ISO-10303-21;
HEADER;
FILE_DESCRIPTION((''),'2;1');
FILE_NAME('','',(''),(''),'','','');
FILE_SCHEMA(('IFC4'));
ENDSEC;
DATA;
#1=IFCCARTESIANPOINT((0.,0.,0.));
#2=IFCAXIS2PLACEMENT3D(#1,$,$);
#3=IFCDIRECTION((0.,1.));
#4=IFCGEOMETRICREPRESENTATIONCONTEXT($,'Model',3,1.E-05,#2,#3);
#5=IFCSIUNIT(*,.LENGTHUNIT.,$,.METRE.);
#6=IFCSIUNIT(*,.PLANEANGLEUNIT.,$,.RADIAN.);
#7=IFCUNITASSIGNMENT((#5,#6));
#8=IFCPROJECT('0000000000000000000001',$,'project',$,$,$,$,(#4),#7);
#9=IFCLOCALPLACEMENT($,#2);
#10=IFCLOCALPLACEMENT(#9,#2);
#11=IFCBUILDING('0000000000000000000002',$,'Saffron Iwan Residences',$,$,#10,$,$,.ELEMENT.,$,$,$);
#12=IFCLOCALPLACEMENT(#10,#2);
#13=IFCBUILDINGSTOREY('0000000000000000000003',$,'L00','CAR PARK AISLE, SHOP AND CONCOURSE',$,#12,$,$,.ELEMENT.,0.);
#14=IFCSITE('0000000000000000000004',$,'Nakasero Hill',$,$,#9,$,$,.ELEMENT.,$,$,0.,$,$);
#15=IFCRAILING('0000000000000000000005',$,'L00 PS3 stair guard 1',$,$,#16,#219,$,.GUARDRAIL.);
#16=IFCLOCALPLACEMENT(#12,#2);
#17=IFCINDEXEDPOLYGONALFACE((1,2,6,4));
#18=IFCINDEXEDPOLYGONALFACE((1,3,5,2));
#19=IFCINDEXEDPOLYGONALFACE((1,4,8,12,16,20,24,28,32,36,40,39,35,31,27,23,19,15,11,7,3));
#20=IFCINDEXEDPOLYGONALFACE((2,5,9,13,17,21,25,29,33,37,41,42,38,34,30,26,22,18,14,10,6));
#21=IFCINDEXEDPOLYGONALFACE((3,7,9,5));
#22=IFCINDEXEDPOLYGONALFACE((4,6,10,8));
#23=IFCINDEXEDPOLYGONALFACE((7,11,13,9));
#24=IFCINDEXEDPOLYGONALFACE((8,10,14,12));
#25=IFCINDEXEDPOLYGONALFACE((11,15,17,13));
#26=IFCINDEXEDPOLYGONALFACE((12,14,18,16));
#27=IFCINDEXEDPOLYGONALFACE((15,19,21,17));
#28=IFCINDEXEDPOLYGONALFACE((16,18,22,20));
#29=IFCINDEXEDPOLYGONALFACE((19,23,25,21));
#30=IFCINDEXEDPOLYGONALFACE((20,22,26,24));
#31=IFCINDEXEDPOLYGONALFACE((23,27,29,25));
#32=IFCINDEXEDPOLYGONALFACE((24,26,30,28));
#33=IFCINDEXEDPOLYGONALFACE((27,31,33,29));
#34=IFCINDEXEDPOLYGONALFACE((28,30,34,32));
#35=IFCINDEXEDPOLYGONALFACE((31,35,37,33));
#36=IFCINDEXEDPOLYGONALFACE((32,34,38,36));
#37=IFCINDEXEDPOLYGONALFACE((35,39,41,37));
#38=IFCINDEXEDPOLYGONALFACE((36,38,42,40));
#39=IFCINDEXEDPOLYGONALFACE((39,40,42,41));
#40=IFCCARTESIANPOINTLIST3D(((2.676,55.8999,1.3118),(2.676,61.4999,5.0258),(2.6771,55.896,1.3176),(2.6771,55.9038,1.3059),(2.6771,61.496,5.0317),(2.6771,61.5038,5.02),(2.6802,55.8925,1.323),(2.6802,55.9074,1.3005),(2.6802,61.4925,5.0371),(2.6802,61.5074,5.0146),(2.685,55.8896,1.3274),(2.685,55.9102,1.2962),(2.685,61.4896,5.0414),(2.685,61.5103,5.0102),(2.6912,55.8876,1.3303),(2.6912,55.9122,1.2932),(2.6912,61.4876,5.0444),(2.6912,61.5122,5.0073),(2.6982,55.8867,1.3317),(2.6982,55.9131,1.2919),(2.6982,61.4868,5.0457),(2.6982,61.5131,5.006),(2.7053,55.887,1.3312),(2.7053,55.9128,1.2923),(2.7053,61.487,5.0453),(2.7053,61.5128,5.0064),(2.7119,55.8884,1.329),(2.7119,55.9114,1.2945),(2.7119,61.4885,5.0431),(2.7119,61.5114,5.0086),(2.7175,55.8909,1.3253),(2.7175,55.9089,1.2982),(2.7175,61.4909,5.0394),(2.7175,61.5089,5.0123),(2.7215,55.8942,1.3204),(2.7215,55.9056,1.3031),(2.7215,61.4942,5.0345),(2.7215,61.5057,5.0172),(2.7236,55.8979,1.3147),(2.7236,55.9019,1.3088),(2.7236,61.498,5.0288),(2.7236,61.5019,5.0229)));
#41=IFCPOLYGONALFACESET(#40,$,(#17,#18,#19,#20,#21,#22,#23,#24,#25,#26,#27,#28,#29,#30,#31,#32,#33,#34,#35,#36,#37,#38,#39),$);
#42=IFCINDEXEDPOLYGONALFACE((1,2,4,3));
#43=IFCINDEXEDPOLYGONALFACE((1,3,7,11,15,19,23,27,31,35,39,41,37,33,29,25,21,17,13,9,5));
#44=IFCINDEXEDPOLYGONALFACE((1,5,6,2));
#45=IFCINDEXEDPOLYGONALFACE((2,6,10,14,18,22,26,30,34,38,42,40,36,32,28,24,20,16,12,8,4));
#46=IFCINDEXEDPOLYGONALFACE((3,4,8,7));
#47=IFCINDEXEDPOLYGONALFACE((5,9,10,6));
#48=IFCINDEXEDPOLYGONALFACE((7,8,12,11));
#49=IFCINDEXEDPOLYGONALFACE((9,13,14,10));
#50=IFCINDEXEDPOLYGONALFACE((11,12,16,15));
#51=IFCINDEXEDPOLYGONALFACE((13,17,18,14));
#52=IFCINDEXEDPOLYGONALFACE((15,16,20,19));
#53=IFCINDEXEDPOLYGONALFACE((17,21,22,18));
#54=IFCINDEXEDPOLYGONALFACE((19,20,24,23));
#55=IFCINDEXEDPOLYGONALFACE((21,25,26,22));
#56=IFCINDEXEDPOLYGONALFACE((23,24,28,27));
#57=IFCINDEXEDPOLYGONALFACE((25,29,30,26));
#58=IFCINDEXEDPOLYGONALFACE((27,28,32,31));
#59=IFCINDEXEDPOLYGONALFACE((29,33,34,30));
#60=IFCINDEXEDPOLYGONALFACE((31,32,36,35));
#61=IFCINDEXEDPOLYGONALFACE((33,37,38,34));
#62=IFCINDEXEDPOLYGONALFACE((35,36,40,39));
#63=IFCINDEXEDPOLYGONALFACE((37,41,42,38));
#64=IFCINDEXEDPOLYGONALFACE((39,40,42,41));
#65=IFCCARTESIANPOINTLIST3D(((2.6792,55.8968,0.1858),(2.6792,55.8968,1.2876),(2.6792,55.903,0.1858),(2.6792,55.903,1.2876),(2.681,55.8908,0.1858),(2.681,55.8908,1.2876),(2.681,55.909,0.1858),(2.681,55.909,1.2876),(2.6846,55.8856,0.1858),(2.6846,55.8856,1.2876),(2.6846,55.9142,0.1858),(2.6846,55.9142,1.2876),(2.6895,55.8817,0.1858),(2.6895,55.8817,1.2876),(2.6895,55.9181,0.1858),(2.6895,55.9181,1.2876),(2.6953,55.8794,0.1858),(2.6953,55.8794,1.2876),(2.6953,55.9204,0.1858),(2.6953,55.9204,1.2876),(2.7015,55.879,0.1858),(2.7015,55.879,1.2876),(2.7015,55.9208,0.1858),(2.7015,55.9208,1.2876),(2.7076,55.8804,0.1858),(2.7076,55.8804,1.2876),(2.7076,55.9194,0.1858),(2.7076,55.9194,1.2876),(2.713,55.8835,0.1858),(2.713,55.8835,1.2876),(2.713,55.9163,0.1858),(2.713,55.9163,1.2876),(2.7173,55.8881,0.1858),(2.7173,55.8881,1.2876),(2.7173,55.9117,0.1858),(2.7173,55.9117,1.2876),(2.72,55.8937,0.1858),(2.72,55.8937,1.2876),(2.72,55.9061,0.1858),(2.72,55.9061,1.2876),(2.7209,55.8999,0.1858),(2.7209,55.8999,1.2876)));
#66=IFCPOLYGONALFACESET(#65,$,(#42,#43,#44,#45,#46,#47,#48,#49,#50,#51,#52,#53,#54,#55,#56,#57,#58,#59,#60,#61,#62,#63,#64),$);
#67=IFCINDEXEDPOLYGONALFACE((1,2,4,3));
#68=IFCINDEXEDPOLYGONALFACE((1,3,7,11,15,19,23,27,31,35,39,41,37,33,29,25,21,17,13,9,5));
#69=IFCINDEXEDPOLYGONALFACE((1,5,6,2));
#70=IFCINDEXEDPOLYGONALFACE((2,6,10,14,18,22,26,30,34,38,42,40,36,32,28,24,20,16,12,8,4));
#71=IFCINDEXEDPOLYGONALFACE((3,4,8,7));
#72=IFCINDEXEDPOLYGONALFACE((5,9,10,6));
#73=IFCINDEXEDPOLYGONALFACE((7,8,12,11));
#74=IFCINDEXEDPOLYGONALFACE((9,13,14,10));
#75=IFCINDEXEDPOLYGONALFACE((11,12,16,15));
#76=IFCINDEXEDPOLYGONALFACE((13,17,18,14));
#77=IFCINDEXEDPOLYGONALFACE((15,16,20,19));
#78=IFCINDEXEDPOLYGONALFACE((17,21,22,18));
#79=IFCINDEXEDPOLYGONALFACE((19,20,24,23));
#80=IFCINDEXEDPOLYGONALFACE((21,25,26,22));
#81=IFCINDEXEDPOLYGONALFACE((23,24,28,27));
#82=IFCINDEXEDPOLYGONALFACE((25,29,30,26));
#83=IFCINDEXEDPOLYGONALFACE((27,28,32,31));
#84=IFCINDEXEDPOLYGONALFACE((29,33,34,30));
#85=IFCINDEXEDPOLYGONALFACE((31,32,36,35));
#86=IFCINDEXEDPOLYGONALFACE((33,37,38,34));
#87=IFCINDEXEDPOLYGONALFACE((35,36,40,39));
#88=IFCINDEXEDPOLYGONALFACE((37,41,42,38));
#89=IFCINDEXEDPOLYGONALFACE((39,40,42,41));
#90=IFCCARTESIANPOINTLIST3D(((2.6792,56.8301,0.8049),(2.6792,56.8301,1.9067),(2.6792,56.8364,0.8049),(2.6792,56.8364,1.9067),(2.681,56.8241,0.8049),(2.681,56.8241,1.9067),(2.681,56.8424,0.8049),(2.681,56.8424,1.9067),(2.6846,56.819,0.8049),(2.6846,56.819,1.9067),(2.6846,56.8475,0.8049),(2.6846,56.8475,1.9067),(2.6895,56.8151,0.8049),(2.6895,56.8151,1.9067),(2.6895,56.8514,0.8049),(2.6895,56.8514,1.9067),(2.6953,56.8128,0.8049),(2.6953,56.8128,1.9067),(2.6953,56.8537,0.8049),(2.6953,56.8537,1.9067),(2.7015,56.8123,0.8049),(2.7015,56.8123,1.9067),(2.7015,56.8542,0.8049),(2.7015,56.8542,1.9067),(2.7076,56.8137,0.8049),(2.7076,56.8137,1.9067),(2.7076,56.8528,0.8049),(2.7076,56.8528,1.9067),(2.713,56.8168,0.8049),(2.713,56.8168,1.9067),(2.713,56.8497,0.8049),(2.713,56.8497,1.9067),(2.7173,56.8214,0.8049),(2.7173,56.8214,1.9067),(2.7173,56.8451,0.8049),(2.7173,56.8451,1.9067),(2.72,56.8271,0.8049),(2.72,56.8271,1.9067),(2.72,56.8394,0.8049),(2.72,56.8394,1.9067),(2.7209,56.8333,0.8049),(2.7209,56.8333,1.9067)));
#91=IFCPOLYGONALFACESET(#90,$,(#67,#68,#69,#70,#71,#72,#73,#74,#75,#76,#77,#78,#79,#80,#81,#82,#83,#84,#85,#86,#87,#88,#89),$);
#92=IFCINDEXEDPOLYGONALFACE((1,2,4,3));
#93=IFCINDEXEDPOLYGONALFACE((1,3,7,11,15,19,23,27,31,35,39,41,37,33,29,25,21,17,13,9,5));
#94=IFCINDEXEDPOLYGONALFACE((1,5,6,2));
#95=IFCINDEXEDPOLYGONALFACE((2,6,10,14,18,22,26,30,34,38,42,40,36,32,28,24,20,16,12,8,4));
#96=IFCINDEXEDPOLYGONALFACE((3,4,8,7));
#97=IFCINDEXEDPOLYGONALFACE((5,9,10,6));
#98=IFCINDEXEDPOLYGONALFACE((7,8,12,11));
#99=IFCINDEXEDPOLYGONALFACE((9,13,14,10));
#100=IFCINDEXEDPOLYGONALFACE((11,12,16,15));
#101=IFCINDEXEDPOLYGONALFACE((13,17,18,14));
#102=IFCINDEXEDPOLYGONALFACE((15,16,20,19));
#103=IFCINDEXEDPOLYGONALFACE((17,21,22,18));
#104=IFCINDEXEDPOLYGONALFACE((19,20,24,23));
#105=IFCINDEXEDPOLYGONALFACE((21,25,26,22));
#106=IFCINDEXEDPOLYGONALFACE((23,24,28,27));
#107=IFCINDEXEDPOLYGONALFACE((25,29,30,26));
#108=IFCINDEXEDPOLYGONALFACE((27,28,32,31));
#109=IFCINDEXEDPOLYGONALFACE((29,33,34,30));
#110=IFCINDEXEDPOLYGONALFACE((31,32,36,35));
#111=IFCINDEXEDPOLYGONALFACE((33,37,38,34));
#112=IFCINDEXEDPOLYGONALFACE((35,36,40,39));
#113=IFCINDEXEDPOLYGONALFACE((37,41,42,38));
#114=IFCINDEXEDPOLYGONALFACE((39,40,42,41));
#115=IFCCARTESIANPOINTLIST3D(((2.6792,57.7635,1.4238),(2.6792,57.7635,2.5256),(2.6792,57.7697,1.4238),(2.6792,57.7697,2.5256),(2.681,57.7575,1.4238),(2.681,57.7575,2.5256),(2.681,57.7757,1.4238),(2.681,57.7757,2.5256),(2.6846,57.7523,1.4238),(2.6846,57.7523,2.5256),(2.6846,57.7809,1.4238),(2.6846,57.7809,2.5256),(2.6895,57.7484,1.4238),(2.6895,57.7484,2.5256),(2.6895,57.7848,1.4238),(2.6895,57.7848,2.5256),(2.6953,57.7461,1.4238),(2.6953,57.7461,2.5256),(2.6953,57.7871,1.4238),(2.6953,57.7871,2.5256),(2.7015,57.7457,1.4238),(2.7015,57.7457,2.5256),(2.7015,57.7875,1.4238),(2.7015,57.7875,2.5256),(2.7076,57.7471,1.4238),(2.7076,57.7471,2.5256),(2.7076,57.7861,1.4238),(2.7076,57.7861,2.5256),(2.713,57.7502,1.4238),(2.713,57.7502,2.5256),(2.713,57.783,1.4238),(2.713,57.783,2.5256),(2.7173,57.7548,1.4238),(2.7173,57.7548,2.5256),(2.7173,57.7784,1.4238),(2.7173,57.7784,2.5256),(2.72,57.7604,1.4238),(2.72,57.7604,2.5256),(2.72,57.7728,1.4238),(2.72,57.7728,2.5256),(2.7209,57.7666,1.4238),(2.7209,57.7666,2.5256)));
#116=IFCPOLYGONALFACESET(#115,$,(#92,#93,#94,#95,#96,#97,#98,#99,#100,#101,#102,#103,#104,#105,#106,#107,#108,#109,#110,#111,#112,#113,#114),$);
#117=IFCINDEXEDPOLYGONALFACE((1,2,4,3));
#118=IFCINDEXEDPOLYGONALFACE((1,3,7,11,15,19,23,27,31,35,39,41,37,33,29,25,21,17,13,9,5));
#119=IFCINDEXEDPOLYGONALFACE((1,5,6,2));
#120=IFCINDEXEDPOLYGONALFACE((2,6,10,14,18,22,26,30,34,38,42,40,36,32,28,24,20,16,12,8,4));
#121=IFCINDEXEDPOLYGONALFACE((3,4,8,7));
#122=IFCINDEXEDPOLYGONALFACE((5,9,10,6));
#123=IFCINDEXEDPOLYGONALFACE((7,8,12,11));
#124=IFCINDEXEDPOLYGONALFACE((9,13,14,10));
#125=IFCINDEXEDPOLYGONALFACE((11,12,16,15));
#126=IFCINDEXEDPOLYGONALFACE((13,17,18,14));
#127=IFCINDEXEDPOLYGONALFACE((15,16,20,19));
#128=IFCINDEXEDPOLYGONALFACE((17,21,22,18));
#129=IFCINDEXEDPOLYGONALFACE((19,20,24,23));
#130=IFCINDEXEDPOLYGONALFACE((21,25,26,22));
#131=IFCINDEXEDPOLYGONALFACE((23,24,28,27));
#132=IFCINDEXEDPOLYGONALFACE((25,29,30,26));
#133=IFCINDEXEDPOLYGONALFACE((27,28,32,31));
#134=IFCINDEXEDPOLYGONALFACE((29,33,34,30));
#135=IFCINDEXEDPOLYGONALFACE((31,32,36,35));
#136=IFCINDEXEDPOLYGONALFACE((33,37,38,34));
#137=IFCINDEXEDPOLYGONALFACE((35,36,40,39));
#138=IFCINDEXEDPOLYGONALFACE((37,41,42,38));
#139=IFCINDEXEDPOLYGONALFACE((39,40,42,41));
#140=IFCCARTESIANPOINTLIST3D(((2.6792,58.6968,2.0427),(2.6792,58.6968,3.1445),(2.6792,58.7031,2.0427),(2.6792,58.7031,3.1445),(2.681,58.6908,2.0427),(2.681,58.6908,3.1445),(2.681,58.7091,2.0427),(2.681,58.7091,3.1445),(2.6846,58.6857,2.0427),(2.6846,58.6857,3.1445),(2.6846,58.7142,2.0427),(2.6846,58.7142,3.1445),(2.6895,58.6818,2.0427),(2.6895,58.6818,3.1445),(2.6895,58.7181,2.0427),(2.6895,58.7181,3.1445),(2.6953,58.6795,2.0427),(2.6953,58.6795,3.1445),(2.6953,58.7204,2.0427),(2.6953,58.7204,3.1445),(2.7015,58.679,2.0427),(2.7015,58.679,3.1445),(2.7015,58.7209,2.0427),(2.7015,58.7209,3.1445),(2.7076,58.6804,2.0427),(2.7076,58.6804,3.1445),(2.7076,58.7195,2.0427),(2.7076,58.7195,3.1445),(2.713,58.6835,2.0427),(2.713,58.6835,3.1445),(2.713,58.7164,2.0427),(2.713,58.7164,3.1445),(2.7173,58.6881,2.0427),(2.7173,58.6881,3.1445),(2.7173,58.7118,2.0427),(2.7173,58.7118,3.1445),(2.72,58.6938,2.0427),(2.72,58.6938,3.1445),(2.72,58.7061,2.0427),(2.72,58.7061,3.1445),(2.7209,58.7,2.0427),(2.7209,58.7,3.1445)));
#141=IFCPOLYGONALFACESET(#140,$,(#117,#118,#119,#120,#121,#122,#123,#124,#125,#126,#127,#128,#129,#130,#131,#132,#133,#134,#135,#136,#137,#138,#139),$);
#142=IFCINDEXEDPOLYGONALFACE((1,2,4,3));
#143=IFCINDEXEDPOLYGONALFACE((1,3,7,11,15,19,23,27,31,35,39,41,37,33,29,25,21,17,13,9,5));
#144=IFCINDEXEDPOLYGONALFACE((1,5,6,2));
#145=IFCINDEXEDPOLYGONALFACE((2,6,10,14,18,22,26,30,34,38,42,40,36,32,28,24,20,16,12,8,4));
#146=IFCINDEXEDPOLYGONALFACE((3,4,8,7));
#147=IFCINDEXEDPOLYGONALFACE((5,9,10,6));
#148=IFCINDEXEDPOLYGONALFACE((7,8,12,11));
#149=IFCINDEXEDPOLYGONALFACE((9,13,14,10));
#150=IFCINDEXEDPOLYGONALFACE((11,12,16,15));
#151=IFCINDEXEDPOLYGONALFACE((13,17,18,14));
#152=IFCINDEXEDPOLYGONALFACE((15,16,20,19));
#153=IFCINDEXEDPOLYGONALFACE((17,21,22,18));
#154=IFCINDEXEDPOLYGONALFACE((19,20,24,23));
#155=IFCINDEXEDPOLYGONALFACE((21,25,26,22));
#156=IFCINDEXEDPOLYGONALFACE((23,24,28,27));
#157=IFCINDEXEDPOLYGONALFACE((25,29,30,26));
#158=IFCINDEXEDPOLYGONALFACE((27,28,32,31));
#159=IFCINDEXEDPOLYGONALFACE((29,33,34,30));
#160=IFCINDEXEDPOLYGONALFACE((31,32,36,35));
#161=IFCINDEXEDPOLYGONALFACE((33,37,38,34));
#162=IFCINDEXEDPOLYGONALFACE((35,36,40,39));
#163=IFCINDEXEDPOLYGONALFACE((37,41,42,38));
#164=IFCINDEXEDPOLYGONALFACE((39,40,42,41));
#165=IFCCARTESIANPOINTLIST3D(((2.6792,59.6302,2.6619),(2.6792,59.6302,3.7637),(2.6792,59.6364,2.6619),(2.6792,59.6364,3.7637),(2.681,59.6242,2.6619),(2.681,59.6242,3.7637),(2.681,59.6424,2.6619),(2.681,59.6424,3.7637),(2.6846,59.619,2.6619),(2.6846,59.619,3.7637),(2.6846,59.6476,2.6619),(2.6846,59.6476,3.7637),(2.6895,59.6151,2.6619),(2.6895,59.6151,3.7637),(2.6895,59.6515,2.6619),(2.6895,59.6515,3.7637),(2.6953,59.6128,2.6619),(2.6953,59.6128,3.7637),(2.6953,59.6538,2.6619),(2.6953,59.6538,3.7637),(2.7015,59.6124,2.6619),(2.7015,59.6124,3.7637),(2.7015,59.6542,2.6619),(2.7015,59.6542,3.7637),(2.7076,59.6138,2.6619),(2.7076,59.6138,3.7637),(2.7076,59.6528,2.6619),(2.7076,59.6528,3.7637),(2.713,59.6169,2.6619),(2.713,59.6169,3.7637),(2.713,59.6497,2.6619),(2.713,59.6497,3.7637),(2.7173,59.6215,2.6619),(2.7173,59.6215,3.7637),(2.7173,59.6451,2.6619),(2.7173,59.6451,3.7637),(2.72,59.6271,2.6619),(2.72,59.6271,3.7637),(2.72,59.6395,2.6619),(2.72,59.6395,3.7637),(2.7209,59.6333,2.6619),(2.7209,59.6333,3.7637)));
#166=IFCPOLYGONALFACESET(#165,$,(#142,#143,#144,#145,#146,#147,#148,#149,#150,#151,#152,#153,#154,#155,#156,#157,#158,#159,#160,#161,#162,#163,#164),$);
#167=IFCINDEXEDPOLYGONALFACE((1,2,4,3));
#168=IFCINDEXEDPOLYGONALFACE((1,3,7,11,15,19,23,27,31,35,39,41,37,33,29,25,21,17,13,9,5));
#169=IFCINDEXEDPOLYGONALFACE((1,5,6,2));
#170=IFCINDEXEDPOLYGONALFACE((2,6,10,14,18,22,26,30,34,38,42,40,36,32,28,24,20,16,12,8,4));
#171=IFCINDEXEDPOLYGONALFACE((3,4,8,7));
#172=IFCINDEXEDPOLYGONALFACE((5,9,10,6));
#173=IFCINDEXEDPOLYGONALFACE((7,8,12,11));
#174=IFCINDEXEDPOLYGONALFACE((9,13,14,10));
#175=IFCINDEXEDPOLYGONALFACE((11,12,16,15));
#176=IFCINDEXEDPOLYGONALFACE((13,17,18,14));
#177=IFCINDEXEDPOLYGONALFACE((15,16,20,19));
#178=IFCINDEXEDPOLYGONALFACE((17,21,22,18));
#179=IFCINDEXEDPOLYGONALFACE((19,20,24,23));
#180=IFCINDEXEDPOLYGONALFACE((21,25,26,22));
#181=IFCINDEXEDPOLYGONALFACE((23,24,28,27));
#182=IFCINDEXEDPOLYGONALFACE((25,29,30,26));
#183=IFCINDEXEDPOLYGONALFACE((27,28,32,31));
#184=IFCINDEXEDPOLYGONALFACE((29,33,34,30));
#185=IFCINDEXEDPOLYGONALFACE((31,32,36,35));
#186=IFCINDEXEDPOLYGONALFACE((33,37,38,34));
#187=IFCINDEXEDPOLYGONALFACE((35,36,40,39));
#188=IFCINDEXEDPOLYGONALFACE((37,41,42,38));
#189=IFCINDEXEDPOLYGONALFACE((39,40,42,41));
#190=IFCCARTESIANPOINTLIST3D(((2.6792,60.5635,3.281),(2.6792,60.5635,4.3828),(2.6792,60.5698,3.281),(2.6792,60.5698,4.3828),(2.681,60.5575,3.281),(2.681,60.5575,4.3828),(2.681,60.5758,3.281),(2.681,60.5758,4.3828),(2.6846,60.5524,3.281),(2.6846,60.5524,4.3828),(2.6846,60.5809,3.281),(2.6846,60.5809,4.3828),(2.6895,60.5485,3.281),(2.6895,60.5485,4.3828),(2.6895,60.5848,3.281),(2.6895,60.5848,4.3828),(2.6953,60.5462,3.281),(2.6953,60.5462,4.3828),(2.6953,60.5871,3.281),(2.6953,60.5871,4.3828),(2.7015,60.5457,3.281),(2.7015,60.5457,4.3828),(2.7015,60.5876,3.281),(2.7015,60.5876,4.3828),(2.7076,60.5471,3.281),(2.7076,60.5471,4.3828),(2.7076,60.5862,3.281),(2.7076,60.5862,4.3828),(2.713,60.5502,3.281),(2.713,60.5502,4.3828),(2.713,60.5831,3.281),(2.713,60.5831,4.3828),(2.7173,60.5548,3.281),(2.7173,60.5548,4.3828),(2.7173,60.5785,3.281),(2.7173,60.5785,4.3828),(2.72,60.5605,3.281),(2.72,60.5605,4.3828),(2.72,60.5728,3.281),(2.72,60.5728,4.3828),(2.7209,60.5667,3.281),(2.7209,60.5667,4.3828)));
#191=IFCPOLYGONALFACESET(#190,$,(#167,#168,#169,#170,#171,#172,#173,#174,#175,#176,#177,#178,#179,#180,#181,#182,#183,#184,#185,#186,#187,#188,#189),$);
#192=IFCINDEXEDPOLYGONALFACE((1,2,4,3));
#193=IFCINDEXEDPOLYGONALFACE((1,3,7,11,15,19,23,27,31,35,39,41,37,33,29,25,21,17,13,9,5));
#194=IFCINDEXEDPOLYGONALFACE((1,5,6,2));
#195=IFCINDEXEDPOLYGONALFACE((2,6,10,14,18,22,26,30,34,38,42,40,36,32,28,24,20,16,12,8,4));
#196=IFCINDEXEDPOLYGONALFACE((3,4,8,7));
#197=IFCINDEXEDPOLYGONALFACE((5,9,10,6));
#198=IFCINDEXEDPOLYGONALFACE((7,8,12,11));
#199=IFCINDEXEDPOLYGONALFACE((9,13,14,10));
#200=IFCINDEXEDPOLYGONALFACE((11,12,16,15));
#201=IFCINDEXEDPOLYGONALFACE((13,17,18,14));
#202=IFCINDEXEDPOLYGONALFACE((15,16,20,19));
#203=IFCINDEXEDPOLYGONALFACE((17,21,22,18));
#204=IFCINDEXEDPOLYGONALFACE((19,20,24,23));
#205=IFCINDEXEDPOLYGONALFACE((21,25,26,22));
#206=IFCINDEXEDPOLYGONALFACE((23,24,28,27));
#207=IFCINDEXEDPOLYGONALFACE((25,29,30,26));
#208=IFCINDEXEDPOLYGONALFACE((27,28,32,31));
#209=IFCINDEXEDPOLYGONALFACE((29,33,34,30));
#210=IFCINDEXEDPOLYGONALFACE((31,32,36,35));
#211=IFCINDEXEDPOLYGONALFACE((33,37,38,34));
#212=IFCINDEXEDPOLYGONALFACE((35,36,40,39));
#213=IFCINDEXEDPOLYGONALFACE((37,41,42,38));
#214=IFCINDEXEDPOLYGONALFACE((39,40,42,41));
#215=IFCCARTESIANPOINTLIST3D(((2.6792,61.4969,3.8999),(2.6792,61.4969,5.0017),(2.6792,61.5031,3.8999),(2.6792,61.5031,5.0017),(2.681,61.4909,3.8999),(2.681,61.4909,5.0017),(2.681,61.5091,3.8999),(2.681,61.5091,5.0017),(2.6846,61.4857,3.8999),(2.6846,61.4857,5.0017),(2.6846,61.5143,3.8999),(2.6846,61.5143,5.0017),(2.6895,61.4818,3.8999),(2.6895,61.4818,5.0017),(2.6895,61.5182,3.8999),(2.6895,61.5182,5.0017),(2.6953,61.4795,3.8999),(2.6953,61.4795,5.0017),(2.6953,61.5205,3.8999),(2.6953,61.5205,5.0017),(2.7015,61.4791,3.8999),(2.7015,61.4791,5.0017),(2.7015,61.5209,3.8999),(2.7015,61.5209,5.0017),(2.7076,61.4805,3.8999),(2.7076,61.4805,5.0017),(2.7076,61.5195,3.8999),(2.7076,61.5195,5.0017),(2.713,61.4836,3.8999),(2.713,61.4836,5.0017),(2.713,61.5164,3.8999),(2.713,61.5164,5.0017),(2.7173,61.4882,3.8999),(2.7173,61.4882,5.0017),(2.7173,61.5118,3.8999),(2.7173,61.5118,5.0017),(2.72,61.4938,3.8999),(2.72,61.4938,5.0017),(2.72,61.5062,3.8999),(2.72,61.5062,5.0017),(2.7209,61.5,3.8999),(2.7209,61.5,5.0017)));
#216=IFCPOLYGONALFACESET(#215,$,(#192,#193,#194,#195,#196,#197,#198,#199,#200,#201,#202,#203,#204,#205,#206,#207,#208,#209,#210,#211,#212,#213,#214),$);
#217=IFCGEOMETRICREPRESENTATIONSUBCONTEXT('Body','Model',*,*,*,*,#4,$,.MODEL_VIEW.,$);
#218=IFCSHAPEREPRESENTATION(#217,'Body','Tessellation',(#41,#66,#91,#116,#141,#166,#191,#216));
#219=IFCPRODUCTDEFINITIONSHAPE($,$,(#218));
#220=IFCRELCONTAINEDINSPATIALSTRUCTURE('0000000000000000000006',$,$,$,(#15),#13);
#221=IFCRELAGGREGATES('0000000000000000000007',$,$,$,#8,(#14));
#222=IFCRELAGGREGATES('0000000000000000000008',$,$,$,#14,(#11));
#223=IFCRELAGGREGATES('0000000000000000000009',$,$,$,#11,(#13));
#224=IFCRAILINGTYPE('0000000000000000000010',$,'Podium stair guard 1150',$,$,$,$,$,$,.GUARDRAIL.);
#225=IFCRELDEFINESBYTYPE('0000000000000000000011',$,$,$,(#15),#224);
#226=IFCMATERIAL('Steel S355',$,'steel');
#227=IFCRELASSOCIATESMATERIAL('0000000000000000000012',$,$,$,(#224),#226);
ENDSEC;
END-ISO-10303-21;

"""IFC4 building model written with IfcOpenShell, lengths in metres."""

from ifc_helpers import new_model, si_unit, direction, frame, origin, origin_2d, place, context, subcontext, project, spatial, circle, extrude, material, type_object, element, save


model = new_model("IFC4")

# Units and contexts
model_context = context("Model", 3, precision=1e-05, world=origin(), true_north=direction((0.0, 1.0)))
body_context = subcontext(model_context, "Body", "Model", "MODEL_VIEW")
ifc_project = project(units=[si_unit("LENGTHUNIT", "METRE"), si_unit("PLANEANGLEUNIT", "RADIAN")], contexts=[model_context])

# Site, building, storey
site_placement = place(None, origin())
site = spatial("IfcSite", under=ifc_project, at=site_placement, Name="Nakasero Hill", CompositionType="ELEMENT", RefElevation=0.0)
building_placement = place(site_placement, origin())
building = spatial("IfcBuilding", under=site, at=building_placement, Name="Saffron Iwan Residences", CompositionType="ELEMENT")
storey_placement = place(building_placement, origin())
storey = spatial("IfcBuildingStorey", under=building, at=storey_placement, Name="L00", Description="CAR PARK AISLE, SHOP AND CONCOURSE", CompositionType="ELEMENT", Elevation=0.0)

# Railing
ifc_material_1 = material(Name="Steel S355", Category="steel")
railing_type_1 = type_object("IfcRailingType", Name="Podium stair guard 1150", PredefinedType="GUARDRAIL", material=ifc_material_1)
railing_1_placement = place(storey_placement, frame((2.7, 55.8999, 0.1858)))
element("IfcRailing", 1, at=railing_1_placement, inside=storey, type_object=railing_type_1, Name="L00 PS3 stair guard 1", PredefinedType="GUARDRAIL", context=body_context, shape_type="SweptSolid", body=[
    extrude(circle(Radius=0.0239, at=origin_2d()), frame((0.0, 0.0, 1.126), z_axis=(0.0, 0.833373, 0.552712), x_axis=(-1.0, 0.0, 0.0)), (0.0, 0.0, 1.0), 6.7197),
    extrude(circle(Radius=0.021, at=origin_2d()), origin(), (0.0, 0.0, 1.0), 1.1018),
    extrude(circle(Radius=0.021, at=origin_2d()), frame((0.0, 0.9333, 0.6191)), (0.0, 0.0, 1.0), 1.1018),
    extrude(circle(Radius=0.021, at=origin_2d()), frame((0.0, 1.8667, 1.238)), (0.0, 0.0, 1.0), 1.1018),
    extrude(circle(Radius=0.021, at=origin_2d()), frame((0.0, 2.8, 1.8569)), (0.0, 0.0, 1.0), 1.1018),
    extrude(circle(Radius=0.021, at=origin_2d()), frame((0.0, 3.7334, 2.4761)), (0.0, 0.0, 1.0), 1.1018),
    extrude(circle(Radius=0.021, at=origin_2d()), frame((0.0, 4.6667, 3.0952)), (0.0, 0.0, 1.0), 1.1018),
    extrude(circle(Radius=0.021, at=origin_2d()), frame((0.0, 5.6001, 3.7141)), (0.0, 0.0, 1.0), 1.1018),
])

save(model, "model.ifc")
